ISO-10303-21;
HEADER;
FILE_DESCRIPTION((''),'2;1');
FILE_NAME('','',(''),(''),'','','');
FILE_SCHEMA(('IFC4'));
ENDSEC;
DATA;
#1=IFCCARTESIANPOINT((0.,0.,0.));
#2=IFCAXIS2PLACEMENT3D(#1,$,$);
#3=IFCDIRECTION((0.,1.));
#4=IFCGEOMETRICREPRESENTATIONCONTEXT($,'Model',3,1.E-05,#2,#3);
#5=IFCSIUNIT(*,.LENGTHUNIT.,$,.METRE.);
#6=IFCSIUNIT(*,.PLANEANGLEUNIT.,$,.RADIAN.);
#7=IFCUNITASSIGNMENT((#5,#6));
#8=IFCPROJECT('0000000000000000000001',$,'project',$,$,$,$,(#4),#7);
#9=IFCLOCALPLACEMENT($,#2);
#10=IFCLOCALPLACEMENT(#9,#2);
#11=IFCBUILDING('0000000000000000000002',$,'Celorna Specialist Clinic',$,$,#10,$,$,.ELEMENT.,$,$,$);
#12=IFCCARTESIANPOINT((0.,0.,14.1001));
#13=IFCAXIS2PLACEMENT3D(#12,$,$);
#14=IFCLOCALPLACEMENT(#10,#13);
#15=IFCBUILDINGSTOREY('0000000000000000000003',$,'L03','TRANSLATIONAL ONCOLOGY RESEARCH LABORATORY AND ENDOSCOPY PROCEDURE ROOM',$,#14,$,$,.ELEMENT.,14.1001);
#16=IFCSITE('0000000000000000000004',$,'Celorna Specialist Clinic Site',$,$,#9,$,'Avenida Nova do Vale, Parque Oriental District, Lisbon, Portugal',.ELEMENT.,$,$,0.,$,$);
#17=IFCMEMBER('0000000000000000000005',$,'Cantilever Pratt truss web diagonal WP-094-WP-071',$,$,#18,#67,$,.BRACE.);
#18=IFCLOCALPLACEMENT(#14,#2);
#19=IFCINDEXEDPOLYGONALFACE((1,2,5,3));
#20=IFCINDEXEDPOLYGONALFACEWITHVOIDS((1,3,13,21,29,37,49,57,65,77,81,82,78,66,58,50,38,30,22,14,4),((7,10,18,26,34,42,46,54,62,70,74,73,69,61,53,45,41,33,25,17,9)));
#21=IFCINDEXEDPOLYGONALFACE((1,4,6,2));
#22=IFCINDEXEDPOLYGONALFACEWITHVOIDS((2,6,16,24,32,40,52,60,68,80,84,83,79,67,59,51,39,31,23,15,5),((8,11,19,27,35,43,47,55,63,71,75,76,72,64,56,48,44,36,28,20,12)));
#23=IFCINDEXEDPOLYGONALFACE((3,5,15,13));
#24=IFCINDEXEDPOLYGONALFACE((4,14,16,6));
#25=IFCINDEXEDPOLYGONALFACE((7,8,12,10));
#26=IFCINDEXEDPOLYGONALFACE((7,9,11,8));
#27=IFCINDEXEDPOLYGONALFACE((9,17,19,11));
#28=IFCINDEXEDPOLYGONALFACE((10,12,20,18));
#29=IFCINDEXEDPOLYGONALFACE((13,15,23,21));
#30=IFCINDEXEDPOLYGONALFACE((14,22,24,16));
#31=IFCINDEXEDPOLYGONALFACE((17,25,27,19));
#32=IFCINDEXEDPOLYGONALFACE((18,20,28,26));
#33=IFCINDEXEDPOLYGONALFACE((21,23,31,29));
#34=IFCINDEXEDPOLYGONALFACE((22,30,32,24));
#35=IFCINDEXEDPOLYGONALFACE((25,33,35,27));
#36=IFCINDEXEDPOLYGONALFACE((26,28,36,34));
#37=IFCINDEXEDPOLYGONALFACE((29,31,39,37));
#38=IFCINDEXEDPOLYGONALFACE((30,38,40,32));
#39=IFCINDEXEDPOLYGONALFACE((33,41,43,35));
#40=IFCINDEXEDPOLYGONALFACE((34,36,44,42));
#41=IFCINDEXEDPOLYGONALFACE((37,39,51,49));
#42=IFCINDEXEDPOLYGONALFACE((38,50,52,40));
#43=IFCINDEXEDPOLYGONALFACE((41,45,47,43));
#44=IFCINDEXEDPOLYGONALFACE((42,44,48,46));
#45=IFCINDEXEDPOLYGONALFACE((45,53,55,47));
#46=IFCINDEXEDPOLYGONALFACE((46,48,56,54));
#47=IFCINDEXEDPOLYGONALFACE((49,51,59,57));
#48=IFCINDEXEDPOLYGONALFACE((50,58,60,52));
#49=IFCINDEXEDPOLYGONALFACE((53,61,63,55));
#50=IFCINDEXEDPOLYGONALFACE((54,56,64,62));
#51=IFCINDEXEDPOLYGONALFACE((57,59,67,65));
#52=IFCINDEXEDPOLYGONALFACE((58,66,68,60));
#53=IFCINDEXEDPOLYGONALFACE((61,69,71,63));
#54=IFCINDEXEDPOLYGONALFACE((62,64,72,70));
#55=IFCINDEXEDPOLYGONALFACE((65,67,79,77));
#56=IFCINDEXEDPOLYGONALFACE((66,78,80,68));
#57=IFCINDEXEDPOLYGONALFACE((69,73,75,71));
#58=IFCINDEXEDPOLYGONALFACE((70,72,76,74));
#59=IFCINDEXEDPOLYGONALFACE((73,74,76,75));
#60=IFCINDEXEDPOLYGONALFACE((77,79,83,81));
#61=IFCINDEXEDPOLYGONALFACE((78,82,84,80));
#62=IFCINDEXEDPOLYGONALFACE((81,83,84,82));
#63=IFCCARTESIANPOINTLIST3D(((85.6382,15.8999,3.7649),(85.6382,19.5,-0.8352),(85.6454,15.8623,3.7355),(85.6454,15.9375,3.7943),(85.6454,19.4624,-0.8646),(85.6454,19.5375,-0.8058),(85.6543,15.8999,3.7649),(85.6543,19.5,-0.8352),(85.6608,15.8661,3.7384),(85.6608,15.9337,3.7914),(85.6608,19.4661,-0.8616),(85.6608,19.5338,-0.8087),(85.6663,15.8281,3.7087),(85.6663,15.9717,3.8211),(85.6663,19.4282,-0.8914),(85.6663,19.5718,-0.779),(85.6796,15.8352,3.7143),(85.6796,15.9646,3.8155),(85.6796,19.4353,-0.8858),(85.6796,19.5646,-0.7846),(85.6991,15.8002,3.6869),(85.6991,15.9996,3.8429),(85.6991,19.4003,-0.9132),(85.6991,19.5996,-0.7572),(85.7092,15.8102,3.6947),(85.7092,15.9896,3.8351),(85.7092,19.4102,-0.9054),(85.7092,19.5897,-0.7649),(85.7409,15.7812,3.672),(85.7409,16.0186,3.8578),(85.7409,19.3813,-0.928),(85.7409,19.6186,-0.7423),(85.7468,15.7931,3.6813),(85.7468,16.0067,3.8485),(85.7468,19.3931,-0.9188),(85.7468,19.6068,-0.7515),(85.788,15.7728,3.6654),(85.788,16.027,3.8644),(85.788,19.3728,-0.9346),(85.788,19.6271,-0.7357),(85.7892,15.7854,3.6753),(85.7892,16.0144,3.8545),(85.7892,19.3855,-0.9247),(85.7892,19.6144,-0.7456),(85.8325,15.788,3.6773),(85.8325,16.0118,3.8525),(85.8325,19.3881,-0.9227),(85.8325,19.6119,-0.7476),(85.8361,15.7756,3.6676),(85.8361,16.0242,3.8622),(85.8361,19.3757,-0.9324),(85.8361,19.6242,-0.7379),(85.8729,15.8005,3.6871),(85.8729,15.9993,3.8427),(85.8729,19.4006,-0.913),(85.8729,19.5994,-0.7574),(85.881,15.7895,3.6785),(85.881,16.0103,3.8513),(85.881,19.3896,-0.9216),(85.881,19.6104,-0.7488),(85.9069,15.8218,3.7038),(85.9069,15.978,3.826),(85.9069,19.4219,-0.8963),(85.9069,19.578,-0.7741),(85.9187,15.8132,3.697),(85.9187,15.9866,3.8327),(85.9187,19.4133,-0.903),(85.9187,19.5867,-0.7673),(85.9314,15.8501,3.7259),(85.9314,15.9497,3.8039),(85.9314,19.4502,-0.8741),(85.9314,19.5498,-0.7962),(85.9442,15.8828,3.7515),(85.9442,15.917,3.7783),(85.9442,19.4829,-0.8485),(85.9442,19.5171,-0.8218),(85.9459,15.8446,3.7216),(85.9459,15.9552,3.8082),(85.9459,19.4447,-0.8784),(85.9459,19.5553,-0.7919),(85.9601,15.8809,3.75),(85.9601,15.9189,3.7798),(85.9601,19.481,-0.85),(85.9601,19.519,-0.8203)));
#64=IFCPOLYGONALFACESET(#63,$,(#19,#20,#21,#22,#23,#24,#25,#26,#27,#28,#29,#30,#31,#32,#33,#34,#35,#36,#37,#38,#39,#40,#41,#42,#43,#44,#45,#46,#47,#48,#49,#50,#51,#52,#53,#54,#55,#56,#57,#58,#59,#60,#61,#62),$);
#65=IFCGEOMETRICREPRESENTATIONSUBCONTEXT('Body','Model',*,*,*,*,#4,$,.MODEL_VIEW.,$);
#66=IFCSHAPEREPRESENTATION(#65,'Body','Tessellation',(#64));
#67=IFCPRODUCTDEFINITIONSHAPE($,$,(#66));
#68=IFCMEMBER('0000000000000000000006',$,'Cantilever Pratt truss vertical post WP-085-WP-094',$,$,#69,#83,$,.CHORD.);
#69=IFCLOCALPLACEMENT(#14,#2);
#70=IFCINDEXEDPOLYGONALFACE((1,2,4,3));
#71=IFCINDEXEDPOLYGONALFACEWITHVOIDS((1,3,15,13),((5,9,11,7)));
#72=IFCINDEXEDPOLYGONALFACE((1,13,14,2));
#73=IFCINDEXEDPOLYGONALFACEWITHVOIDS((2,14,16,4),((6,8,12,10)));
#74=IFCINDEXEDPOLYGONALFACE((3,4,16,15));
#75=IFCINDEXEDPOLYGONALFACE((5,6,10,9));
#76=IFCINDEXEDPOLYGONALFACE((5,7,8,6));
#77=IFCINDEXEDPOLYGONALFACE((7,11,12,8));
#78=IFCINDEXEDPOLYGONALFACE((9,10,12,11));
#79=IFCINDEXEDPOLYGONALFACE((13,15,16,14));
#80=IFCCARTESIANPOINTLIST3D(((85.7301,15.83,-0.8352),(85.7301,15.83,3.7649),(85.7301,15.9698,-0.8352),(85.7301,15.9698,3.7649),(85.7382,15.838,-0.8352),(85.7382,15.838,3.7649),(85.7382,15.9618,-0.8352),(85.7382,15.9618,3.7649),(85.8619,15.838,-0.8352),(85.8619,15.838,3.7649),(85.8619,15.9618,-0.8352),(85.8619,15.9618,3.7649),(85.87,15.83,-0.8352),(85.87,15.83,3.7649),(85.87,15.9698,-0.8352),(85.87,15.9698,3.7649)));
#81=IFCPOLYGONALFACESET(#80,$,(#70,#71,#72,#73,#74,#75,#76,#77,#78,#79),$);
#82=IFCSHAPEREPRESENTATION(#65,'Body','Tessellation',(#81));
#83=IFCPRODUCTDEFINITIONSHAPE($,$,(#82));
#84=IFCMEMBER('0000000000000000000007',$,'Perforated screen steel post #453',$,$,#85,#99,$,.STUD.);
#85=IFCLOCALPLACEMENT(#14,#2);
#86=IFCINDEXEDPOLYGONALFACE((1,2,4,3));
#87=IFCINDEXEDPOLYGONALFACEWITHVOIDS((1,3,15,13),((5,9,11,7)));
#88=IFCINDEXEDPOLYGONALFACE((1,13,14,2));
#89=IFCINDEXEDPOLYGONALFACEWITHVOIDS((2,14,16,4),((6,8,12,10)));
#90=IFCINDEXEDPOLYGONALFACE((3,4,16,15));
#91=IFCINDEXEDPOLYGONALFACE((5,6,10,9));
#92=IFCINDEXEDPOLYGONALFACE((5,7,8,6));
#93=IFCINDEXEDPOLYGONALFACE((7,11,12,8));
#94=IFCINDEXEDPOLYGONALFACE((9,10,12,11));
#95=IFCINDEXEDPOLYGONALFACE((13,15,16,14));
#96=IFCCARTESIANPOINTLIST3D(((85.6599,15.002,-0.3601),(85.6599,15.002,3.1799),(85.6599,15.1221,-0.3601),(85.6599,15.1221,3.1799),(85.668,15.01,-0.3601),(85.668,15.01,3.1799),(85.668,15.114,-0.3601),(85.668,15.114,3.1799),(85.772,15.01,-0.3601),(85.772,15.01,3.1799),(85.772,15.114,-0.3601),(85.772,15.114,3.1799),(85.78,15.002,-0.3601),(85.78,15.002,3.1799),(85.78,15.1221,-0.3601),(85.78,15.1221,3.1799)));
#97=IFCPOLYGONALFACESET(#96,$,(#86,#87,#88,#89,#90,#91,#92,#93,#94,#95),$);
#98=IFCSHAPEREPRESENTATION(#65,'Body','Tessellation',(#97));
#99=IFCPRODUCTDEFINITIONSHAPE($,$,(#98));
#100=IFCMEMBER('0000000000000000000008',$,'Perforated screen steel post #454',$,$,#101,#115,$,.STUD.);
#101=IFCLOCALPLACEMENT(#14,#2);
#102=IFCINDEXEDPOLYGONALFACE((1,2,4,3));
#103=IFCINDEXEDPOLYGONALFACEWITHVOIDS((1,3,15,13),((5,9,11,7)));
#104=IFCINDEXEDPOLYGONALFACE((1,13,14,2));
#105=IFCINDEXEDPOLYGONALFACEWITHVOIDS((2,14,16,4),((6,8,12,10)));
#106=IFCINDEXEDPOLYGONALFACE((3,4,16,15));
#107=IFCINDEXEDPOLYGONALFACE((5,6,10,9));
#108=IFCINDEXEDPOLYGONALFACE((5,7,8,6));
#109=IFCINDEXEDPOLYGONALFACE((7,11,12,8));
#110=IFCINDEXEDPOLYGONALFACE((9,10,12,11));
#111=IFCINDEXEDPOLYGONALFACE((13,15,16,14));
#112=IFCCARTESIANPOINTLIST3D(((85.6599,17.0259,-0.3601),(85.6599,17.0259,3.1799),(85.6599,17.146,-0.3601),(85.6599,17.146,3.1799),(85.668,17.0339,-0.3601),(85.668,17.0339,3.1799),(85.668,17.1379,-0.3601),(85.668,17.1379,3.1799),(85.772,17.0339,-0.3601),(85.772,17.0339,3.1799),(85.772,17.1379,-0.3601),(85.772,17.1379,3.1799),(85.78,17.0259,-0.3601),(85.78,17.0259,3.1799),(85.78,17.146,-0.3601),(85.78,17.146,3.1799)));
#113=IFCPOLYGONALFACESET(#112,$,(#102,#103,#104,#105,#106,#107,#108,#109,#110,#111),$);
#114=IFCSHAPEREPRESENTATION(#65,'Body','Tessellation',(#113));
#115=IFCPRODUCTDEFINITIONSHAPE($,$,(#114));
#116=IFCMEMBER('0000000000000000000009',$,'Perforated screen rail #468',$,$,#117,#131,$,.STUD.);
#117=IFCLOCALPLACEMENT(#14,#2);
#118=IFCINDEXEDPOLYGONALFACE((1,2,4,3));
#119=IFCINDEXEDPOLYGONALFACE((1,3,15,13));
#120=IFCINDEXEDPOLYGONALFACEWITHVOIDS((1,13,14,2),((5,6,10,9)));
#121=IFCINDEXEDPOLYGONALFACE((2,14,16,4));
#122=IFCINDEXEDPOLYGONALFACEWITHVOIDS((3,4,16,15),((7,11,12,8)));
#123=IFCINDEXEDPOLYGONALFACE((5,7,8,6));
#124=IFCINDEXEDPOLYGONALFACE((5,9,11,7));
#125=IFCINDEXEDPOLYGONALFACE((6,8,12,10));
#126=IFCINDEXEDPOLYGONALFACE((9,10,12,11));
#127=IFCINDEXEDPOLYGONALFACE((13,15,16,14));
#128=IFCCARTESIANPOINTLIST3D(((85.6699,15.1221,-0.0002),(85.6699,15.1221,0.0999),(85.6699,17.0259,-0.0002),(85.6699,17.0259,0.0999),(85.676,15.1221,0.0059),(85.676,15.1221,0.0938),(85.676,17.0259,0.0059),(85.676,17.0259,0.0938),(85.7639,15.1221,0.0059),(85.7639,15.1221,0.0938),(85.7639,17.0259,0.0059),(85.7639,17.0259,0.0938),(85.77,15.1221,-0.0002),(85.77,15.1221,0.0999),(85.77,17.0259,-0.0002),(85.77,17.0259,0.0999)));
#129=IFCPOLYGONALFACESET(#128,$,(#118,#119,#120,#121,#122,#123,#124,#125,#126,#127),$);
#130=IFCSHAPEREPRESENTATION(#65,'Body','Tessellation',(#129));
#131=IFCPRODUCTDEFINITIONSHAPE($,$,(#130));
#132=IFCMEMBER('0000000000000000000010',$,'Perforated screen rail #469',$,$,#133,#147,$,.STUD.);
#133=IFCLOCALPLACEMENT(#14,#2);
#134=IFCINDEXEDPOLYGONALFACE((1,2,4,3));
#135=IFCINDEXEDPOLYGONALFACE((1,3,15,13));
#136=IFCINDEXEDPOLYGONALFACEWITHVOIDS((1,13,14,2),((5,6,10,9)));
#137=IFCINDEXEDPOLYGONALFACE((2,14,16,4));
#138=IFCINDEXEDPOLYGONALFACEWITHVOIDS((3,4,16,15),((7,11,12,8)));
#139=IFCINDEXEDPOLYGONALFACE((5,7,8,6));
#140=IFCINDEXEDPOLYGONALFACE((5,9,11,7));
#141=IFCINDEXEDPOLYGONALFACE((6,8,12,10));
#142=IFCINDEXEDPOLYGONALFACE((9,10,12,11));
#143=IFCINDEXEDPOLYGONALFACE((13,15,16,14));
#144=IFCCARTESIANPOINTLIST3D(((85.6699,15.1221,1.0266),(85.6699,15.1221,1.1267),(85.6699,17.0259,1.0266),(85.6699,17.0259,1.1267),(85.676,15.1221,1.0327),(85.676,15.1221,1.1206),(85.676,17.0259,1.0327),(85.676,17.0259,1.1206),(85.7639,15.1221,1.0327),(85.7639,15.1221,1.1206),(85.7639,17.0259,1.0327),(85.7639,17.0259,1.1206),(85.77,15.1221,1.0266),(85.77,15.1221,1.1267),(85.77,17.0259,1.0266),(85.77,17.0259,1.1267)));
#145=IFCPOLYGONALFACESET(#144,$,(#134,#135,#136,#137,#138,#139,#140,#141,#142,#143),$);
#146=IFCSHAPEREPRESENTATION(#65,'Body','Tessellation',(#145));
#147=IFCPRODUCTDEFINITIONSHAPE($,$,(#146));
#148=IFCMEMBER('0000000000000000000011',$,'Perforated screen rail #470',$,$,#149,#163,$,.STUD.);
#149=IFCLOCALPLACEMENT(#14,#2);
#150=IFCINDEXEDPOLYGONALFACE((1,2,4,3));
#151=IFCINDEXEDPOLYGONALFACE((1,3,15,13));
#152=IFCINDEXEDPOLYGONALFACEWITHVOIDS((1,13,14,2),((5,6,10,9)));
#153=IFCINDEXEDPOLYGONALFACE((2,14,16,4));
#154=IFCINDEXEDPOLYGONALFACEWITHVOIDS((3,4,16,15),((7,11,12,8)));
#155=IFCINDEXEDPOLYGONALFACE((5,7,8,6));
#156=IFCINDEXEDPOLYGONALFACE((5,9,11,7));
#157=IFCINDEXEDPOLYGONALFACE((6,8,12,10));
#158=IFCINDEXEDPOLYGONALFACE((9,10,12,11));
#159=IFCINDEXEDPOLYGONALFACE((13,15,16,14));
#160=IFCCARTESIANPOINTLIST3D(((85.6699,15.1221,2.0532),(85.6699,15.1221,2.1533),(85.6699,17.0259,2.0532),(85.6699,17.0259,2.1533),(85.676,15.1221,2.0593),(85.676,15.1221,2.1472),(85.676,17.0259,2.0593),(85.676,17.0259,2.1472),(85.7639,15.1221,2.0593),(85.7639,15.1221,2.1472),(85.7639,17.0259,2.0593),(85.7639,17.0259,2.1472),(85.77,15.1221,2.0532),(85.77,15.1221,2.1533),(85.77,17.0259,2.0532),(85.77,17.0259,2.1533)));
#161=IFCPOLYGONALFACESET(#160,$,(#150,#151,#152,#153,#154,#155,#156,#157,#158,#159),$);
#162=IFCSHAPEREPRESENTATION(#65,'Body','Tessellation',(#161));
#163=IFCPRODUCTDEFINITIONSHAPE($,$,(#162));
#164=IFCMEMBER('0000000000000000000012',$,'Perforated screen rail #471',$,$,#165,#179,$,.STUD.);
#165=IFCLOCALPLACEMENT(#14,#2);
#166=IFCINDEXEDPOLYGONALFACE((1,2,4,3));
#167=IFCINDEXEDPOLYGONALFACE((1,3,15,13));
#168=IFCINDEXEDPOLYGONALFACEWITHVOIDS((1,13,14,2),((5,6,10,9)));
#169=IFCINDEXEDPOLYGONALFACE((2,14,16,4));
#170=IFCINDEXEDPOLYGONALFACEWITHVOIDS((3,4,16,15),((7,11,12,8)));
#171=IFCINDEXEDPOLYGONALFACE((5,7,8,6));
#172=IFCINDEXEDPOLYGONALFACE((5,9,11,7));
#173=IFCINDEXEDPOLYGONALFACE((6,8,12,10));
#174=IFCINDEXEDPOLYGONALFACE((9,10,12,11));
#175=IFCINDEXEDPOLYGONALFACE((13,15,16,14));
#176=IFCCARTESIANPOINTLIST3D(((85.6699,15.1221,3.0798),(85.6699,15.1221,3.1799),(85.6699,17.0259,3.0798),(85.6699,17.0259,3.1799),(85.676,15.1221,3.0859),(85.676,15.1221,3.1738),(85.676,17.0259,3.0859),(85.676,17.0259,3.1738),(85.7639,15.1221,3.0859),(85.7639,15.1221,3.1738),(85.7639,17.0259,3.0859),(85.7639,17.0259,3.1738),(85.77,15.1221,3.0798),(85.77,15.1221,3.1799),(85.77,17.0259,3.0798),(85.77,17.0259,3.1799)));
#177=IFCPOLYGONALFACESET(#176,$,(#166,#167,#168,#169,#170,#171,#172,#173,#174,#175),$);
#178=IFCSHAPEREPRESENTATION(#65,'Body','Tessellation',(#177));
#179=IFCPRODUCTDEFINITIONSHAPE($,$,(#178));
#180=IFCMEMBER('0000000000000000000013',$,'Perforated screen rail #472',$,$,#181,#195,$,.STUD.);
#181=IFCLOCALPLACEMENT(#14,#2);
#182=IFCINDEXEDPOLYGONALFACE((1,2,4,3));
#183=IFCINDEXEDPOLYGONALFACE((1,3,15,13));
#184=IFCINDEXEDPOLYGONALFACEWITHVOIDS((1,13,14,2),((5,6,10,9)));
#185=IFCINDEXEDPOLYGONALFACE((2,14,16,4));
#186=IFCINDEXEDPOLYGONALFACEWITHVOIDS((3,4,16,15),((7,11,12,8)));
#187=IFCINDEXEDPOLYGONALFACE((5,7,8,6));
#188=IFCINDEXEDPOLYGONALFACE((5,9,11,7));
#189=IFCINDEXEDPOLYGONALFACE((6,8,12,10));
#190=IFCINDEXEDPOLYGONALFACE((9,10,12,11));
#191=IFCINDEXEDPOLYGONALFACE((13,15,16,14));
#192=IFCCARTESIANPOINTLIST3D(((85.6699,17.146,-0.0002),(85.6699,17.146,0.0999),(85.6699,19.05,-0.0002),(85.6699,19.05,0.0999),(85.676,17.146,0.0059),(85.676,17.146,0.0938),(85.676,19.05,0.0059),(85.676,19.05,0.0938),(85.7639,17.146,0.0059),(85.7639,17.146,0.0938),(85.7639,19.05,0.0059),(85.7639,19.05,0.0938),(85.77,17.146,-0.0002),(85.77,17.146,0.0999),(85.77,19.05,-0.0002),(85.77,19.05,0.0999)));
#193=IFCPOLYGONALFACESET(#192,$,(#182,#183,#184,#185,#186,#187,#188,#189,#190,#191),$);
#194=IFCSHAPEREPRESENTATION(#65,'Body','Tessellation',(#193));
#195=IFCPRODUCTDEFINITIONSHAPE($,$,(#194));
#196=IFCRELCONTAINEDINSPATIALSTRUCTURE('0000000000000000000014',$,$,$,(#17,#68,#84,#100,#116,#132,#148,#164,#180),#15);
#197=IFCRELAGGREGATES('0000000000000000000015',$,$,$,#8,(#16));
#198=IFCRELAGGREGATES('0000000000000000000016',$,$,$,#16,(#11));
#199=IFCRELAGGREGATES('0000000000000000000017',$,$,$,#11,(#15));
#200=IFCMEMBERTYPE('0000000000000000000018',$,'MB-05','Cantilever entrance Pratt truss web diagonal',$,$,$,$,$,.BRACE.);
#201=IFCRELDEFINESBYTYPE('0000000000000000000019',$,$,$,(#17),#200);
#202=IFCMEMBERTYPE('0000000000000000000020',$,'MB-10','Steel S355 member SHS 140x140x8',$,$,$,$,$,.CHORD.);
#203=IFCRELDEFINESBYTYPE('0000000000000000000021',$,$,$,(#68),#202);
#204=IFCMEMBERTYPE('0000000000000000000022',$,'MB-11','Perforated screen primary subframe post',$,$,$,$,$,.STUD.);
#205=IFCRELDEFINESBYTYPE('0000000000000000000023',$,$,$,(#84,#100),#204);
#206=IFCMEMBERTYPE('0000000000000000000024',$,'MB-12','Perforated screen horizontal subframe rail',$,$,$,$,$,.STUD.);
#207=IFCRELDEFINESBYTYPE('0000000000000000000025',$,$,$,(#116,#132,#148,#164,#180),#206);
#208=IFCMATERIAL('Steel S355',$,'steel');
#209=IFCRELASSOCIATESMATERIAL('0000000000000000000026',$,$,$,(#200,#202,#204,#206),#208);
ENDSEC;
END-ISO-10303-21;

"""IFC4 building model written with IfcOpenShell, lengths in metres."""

from ifc_helpers import new_model, si_unit, direction, frame, origin, origin_2d, place, context, subcontext, project, spatial, hollow_rectangle, hollow_circle, extrude, material, material_profile, profile_set, type_object, element, save


model = new_model("IFC4")

# Units and contexts
model_context = context("Model", 3, precision=1e-05, world=origin(), true_north=direction((0.0, 1.0)))
body_context = subcontext(model_context, "Body", "Model", "MODEL_VIEW")
ifc_project = project(units=[si_unit("LENGTHUNIT", "METRE"), si_unit("PLANEANGLEUNIT", "RADIAN")], contexts=[model_context])

# Site, building, storey
site_placement = place(None, origin())
site = spatial("IfcSite", under=ifc_project, at=site_placement, Name="Celorna Specialist Clinic Site", LongName="Avenida Nova do Vale, Parque Oriental District, Lisbon, Portugal", CompositionType="ELEMENT", RefElevation=0.0)
building_placement = place(site_placement, origin())
building = spatial("IfcBuilding", under=site, at=building_placement, Name="Celorna Specialist Clinic", CompositionType="ELEMENT")
storey_placement = place(building_placement, frame((0.0, 0.0, 14.1001)))
storey = spatial("IfcBuildingStorey", under=building, at=storey_placement, Name="L03", Description="TRANSLATIONAL ONCOLOGY RESEARCH LABORATORY AND ENDOSCOPY PROCEDURE ROOM", CompositionType="ELEMENT", Elevation=14.1001)

# Members
ifc_material_1 = material(Name="Steel S355", Category="steel")
ifc_material_profile_1 = material_profile(ifc_material_1, hollow_circle(Radius=0.1619, WallThickness=0.0161, at=origin_2d()), Name="CHS 323.9x16")
ifc_profile_set_1 = profile_set([ifc_material_profile_1], Name="Steel S355")
member_type_1 = type_object("IfcMemberType", Name="MB-05", Description="Cantilever entrance Pratt truss web diagonal", PredefinedType="BRACE", material=ifc_profile_set_1)
member_1_placement = place(storey_placement, frame((85.8, 15.8999, 3.7649), z_axis=(0.0, 0.616311, -0.787503), x_axis=(-1.0, 0.0, 0.0)))
element("IfcMember", 1, at=member_1_placement, inside=storey, type_object=member_type_1, Name="Cantilever Pratt truss web diagonal WP-094-WP-071", PredefinedType="BRACE", context=body_context, shape_type="SweptSolid", body=[
    extrude(hollow_circle(Radius=0.1619, WallThickness=0.0161, at=origin_2d()), origin(), (0.0, 0.0, 1.0), 5.8413),
])
ifc_material_profile_2 = material_profile(ifc_material_1, hollow_rectangle(XDim=0.1399, YDim=0.1399, WallThickness=0.0081, at=origin_2d()), Name="SHS 140x140x8")
ifc_profile_set_2 = profile_set([ifc_material_profile_2], Name="Steel S355")
member_type_2 = type_object("IfcMemberType", Name="MB-10", Description="Steel S355 member SHS 140x140x8", PredefinedType="CHORD", material=ifc_profile_set_2)
member_2_placement = place(storey_placement, frame((85.8, 15.8999, -0.8352), z_axis=(0.0, 0.0, 1.0), x_axis=(1.0, 0.0, 0.0)))
element("IfcMember", 2, at=member_2_placement, inside=storey, type_object=member_type_2, Name="Cantilever Pratt truss vertical post WP-085-WP-094", PredefinedType="CHORD", context=body_context, shape_type="SweptSolid", body=[
    extrude(hollow_rectangle(XDim=0.1399, YDim=0.1399, WallThickness=0.0081, at=origin_2d()), origin(), (0.0, 0.0, 1.0), 4.6001),
])
ifc_material_profile_3 = material_profile(ifc_material_1, hollow_rectangle(XDim=0.1201, YDim=0.1201, WallThickness=0.0081, at=origin_2d()), Name="SHS 120x120x8")
ifc_profile_set_3 = profile_set([ifc_material_profile_3], Name="Steel S355")
member_type_3 = type_object("IfcMemberType", Name="MB-11", Description="Perforated screen primary subframe post", PredefinedType="STUD", material=ifc_profile_set_3)
for number, where, z_axis, x_axis, name in (
    (3, (85.72, 15.062, -0.3601), (0.0, 0.0, 1.0), (1.0, 0.0, 0.0), "Perforated screen steel post #453"),
    (4, (85.72, 17.0859, -0.3601), (0.0, 0.0, 1.0), (1.0, 0.0, 0.0), "Perforated screen steel post #454"),
):
    element("IfcMember", number, at=place(storey_placement, frame(where, z_axis=z_axis, x_axis=x_axis)), inside=storey, type_object=member_type_3, Name=name, PredefinedType="STUD", context=body_context, shape_type="SweptSolid", body=[
        extrude(hollow_rectangle(XDim=0.1201, YDim=0.1201, WallThickness=0.0081, at=origin_2d()), origin(), (0.0, 0.0, 1.0), 3.54),
    ])
ifc_material_profile_4 = material_profile(ifc_material_1, hollow_rectangle(XDim=0.1001, YDim=0.1001, WallThickness=0.0061, at=origin_2d()), Name="SHS 100x100x6")
ifc_profile_set_4 = profile_set([ifc_material_profile_4], Name="Steel S355")
member_type_4 = type_object("IfcMemberType", Name="MB-12", Description="Perforated screen horizontal subframe rail", PredefinedType="STUD", material=ifc_profile_set_4)
for number, where, z_axis, x_axis, name in (
    (5, (85.72, 15.1221, 0.0498), (0.0, 1.0, 0.0), (-1.0, 0.0, 0.0), "Perforated screen rail #468"),
    (6, (85.72, 15.1221, 1.0767), (0.0, 1.0, 0.0), (-1.0, 0.0, 0.0), "Perforated screen rail #469"),
    (7, (85.72, 15.1221, 2.1033), (0.0, 1.0, 0.0), (-1.0, 0.0, 0.0), "Perforated screen rail #470"),
    (8, (85.72, 15.1221, 3.1299), (0.0, 1.0, 0.0), (-1.0, 0.0, 0.0), "Perforated screen rail #471"),
):
    element("IfcMember", number, at=place(storey_placement, frame(where, z_axis=z_axis, x_axis=x_axis)), inside=storey, type_object=member_type_4, Name=name, PredefinedType="STUD", context=body_context, shape_type="SweptSolid", body=[
        extrude(hollow_rectangle(XDim=0.1001, YDim=0.1001, WallThickness=0.0061, at=origin_2d()), origin(), (0.0, 0.0, 1.0), 1.9038),
    ])
for number, where, z_axis, x_axis, name in (
    (9, (85.72, 17.146, 0.0498), (0.0, 1.0, 0.0), (-1.0, 0.0, 0.0), "Perforated screen rail #472"),
):
    element("IfcMember", number, at=place(storey_placement, frame(where, z_axis=z_axis, x_axis=x_axis)), inside=storey, type_object=member_type_4, Name=name, PredefinedType="STUD", context=body_context, shape_type="SweptSolid", body=[
        extrude(hollow_rectangle(XDim=0.1001, YDim=0.1001, WallThickness=0.0061, at=origin_2d()), origin(), (0.0, 0.0, 1.0), 1.9041),
    ])

save(model, "model.ifc")
